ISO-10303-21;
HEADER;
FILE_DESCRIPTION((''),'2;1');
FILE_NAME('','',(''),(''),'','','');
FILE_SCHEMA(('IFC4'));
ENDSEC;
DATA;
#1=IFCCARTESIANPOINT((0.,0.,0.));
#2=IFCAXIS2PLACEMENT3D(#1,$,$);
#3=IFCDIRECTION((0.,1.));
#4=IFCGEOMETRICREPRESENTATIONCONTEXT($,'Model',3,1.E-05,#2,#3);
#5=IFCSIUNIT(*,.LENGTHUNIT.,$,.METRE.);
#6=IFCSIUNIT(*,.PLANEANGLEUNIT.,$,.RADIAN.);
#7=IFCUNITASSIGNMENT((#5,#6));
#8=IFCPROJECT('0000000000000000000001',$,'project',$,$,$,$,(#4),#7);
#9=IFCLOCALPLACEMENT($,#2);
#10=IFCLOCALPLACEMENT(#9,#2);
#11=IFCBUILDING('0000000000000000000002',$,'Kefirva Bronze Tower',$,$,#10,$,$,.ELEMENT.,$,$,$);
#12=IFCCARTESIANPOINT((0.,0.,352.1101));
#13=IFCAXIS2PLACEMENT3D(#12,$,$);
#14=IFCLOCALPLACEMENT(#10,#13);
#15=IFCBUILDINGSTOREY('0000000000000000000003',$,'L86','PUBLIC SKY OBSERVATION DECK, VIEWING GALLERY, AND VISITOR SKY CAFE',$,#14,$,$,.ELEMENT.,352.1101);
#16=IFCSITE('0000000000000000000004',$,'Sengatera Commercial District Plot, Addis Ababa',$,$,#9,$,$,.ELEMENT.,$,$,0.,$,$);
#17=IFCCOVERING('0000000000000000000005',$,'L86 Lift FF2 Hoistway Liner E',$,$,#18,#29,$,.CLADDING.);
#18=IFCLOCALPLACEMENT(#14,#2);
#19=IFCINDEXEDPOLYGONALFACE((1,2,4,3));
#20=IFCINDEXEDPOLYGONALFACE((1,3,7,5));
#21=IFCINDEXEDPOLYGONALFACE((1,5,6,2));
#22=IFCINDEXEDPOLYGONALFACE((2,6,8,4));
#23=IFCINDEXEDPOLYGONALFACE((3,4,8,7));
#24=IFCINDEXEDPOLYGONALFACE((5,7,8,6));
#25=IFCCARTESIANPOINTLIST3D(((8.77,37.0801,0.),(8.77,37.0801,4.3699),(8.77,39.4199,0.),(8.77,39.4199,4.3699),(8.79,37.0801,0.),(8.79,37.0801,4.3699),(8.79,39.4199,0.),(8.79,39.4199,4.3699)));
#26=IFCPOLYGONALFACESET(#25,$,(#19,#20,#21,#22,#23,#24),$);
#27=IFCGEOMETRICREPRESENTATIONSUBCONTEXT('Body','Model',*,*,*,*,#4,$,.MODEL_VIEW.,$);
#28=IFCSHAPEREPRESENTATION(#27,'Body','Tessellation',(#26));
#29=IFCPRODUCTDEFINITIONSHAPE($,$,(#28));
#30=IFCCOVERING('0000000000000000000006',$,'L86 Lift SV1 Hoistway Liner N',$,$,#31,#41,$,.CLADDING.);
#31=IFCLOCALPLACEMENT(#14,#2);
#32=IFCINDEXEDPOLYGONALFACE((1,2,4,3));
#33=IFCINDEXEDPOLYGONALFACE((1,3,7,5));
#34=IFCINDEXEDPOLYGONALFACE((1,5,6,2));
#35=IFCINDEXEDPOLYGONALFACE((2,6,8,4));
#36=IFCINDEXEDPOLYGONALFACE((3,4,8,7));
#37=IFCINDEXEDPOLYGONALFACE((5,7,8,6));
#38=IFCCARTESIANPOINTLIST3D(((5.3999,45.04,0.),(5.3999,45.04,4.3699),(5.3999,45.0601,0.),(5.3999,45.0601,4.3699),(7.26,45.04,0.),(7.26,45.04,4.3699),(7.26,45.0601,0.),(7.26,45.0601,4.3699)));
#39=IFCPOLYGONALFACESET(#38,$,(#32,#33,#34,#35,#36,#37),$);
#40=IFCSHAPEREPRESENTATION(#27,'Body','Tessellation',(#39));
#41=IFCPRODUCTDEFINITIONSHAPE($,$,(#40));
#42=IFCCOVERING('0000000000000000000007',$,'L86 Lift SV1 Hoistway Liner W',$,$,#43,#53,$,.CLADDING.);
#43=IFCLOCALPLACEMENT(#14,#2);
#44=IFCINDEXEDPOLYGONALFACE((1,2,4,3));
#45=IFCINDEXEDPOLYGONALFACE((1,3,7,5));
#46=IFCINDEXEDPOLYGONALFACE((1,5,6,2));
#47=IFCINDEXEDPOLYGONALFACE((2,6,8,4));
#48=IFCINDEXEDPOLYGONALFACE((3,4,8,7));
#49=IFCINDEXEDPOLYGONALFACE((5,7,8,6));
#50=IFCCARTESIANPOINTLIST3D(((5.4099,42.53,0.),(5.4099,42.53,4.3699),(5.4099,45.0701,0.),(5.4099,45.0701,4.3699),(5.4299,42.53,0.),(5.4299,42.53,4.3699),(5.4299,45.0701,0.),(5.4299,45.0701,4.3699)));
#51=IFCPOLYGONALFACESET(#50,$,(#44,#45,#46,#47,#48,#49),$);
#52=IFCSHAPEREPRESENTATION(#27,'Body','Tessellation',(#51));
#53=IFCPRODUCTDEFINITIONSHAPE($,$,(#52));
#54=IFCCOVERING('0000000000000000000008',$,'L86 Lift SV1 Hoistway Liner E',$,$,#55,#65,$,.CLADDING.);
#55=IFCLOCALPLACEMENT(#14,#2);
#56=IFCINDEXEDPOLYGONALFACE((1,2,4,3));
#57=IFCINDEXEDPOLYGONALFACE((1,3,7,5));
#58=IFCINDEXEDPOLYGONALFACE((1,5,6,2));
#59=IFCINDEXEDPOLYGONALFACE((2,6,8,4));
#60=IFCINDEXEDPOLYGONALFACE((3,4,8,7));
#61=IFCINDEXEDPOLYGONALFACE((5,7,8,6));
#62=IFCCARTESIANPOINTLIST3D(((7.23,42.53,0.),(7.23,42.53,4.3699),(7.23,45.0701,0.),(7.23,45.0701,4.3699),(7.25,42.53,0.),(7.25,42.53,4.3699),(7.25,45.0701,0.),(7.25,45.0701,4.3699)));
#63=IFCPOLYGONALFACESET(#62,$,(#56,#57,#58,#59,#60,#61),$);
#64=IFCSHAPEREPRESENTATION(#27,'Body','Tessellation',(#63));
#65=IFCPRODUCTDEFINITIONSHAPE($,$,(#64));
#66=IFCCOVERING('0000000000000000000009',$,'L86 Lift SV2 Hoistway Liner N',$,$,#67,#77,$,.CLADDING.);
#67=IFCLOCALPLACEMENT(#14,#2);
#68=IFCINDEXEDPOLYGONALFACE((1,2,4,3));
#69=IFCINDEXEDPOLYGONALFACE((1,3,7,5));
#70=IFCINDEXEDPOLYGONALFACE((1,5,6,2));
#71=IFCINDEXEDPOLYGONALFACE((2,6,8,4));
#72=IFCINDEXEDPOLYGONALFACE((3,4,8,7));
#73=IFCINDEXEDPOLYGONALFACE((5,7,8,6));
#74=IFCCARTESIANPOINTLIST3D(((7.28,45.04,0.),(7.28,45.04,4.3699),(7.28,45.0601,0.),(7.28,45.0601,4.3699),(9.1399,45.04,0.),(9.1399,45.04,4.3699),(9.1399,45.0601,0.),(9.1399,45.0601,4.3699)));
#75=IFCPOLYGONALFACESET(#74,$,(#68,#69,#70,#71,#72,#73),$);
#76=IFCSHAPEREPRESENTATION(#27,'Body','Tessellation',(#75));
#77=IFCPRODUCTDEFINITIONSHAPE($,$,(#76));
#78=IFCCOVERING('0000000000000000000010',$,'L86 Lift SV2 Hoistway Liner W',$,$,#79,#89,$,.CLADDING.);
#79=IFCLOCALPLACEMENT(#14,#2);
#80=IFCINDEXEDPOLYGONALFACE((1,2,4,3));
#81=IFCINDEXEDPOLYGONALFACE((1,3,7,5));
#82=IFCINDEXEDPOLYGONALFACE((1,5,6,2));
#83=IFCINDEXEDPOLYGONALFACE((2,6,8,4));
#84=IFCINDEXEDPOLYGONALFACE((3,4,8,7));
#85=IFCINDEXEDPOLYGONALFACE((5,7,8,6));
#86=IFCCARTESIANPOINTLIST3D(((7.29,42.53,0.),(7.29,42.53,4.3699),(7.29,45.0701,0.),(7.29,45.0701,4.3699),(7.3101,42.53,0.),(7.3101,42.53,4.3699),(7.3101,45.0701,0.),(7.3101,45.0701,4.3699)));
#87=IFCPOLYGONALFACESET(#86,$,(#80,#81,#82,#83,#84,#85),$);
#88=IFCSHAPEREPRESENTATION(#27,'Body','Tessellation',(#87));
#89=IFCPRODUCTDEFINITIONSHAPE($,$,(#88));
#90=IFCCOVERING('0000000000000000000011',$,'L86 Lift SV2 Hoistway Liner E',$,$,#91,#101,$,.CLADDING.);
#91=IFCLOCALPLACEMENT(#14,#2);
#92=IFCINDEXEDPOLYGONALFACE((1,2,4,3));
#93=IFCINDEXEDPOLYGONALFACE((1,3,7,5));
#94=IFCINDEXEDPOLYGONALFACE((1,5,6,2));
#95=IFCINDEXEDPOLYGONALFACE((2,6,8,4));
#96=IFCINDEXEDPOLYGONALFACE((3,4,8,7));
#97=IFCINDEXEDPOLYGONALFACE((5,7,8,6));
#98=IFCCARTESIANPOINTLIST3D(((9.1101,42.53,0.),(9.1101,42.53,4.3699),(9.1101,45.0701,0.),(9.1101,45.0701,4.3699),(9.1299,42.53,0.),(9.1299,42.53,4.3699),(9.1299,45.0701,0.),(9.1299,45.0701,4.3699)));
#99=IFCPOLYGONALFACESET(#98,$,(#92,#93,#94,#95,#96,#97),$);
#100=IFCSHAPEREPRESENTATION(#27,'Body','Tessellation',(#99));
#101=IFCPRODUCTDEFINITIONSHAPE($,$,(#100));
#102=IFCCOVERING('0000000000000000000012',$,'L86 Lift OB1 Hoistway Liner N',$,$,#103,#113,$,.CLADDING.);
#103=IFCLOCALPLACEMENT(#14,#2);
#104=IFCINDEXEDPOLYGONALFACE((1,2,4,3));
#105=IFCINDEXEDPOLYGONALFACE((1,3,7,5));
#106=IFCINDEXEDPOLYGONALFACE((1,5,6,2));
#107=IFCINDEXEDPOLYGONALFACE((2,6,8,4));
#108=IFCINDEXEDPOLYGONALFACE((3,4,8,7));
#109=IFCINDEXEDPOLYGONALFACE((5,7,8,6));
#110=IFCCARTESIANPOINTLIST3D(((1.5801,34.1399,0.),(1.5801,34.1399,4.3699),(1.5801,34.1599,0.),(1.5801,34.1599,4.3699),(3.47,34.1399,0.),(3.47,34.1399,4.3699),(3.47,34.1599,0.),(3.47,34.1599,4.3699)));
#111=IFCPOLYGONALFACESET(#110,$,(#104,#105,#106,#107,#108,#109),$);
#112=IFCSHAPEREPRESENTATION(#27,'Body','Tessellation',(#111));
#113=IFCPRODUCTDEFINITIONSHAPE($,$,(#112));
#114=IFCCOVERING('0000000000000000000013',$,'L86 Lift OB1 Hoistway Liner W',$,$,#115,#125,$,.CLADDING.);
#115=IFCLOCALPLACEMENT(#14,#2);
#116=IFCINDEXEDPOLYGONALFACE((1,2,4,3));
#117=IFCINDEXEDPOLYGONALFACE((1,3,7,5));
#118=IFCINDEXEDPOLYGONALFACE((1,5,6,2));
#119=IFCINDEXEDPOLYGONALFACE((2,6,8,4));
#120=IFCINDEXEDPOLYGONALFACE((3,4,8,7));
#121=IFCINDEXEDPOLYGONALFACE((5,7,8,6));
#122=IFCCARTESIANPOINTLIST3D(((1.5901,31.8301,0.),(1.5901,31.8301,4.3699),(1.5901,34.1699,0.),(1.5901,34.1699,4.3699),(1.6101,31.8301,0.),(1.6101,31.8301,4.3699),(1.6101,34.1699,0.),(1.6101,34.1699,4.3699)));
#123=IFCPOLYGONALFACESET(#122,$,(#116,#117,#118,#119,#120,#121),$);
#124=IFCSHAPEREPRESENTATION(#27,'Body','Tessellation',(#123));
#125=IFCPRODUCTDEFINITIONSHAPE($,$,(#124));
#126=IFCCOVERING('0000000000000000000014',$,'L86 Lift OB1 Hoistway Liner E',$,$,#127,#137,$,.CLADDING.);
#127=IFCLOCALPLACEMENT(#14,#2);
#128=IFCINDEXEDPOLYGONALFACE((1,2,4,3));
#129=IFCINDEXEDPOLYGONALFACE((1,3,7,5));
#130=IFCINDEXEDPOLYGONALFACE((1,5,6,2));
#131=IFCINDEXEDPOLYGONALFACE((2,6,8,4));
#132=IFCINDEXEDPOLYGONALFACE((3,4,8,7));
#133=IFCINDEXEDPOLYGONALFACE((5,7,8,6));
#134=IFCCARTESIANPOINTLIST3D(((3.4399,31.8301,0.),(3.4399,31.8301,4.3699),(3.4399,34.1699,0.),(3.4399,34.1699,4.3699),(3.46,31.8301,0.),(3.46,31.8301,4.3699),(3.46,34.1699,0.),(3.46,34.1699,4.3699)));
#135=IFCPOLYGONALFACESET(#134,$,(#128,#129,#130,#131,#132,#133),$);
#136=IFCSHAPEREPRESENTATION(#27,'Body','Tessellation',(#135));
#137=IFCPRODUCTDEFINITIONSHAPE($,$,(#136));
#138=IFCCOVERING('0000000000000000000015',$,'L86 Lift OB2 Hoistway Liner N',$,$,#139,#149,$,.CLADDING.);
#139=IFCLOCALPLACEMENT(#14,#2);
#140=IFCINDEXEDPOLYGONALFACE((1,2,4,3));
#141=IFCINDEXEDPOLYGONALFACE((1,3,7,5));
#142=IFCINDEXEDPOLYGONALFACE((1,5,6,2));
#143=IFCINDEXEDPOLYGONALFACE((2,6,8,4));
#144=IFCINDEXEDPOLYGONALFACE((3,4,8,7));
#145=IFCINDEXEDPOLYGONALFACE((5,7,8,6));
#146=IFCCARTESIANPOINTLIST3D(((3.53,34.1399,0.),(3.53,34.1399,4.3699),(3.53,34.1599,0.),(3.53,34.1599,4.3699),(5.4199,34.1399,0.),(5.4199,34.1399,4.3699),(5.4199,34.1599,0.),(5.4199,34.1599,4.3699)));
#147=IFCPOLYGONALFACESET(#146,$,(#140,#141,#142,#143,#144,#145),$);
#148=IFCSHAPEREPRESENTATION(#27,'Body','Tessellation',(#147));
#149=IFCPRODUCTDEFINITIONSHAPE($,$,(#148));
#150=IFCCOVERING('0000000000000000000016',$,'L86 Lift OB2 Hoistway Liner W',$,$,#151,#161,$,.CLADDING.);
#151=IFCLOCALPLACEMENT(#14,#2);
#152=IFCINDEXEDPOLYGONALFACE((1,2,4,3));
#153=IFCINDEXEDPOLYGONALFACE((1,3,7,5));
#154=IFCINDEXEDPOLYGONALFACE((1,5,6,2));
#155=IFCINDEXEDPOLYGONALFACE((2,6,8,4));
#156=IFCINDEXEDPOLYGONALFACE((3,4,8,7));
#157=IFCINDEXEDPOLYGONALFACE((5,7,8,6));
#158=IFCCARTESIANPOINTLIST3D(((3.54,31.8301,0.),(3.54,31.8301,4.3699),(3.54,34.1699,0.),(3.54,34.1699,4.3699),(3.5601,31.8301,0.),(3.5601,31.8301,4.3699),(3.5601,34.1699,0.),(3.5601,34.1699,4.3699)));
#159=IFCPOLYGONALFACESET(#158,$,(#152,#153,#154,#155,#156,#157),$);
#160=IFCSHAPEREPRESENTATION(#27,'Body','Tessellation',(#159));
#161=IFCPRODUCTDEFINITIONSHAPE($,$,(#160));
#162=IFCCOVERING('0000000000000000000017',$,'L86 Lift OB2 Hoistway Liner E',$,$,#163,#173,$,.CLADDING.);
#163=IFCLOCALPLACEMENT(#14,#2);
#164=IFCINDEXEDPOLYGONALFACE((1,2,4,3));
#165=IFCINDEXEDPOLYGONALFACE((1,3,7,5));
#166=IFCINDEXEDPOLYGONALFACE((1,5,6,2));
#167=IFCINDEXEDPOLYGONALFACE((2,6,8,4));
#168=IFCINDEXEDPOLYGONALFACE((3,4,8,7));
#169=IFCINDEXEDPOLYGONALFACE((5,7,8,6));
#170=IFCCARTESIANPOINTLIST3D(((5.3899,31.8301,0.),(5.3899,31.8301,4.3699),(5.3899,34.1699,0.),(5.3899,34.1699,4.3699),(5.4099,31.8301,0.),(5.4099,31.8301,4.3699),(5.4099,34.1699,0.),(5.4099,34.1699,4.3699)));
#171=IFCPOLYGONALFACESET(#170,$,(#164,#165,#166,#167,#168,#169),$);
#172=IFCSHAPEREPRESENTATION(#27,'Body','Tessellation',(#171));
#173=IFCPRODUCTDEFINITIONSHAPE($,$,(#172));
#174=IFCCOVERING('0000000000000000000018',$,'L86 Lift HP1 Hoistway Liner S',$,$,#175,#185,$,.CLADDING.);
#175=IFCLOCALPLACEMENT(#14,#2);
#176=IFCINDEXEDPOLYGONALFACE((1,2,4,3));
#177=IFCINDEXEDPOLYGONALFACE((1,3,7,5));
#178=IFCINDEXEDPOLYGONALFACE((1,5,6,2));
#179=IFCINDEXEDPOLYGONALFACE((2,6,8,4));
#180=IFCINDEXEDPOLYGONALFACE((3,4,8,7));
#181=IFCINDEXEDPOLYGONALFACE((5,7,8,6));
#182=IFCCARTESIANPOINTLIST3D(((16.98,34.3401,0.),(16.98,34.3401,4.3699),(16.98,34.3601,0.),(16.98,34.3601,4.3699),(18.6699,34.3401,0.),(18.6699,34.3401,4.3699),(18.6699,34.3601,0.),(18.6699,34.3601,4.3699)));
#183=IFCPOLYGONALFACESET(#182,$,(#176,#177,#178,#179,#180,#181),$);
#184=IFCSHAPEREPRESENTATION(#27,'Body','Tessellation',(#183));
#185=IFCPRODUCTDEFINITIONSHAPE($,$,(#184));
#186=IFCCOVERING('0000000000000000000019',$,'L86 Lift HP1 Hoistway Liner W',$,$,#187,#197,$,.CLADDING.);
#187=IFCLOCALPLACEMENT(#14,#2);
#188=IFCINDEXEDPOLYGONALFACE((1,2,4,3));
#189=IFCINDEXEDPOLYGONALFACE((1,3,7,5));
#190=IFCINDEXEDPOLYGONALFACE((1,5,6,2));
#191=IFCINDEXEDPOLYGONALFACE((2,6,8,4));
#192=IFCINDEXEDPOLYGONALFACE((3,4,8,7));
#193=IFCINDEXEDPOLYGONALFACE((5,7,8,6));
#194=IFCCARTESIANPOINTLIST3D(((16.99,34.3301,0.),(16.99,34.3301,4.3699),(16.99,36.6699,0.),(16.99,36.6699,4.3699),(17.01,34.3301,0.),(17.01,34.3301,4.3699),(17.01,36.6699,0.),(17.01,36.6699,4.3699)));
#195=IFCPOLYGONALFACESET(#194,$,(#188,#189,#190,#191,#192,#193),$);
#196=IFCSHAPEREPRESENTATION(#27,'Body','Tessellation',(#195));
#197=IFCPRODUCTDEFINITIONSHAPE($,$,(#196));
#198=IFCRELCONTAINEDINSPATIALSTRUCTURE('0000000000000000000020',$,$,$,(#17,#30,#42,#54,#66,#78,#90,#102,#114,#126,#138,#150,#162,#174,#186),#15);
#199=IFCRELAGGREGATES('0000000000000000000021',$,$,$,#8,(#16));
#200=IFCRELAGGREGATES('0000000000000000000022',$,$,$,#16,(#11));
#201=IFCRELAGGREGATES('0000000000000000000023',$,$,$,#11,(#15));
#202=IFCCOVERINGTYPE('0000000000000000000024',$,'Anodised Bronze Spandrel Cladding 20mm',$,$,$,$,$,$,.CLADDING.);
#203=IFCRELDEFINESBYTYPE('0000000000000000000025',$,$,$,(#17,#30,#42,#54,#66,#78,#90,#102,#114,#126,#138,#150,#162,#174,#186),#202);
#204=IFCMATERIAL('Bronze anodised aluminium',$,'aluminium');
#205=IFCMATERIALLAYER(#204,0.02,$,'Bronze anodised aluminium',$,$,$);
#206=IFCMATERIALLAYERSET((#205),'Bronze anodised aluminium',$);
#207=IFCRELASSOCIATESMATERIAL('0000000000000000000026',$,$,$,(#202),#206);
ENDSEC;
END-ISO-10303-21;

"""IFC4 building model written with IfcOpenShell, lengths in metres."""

from ifc_helpers import new_model, si_unit, direction, frame, origin, place, context, subcontext, project, spatial, polyline, outline, extrude, material, layer, layer_set, type_object, element, save


model = new_model("IFC4")

# Units and contexts
model_context = context("Model", 3, precision=1e-05, world=origin(), true_north=direction((0.0, 1.0)))
body_context = subcontext(model_context, "Body", "Model", "MODEL_VIEW")
ifc_project = project(units=[si_unit("LENGTHUNIT", "METRE"), si_unit("PLANEANGLEUNIT", "RADIAN")], contexts=[model_context])

# Site, building, storey
site_placement = place(None, origin())
site = spatial("IfcSite", under=ifc_project, at=site_placement, Name="Sengatera Commercial District Plot, Addis Ababa", CompositionType="ELEMENT", RefElevation=0.0)
building_placement = place(site_placement, origin())
building = spatial("IfcBuilding", under=site, at=building_placement, Name="Kefirva Bronze Tower", CompositionType="ELEMENT")
storey_placement = place(building_placement, frame((0.0, 0.0, 352.1101)))
storey = spatial("IfcBuildingStorey", under=building, at=storey_placement, Name="L86", Description="PUBLIC SKY OBSERVATION DECK, VIEWING GALLERY, AND VISITOR SKY CAFE", CompositionType="ELEMENT", Elevation=352.1101)

# Coverings
ifc_material_1 = material(Name="Bronze anodised aluminium", Category="aluminium")
ifc_layer_1 = layer(ifc_material_1, 0.02, Name="Bronze anodised aluminium")
ifc_layer_set_1 = layer_set([ifc_layer_1], Name="Bronze anodised aluminium")
covering_type_1 = type_object("IfcCoveringType", Name="Anodised Bronze Spandrel Cladding 20mm", PredefinedType="CLADDING", material=ifc_layer_set_1)
covering_1_placement = place(storey_placement, origin())
element("IfcCovering", 1, at=covering_1_placement, inside=storey, type_object=covering_type_1, Name="L86 Lift FF2 Hoistway Liner E", PredefinedType="CLADDING", context=body_context, shape_type="SweptSolid", body=[
    extrude(outline(polyline([(8.77, 37.0801), (8.79, 37.0801), (8.79, 39.4199), (8.77, 39.4199), (8.77, 37.0801)])), origin(), (0.0, 0.0, 1.0), 4.3699),
])
covering_2_placement = place(storey_placement, origin())
element("IfcCovering", 2, at=covering_2_placement, inside=storey, type_object=covering_type_1, Name="L86 Lift SV1 Hoistway Liner N", PredefinedType="CLADDING", context=body_context, shape_type="SweptSolid", body=[
    extrude(outline(polyline([(5.3999, 45.04), (7.26, 45.04), (7.26, 45.0601), (5.3999, 45.0601), (5.3999, 45.04)])), origin(), (0.0, 0.0, 1.0), 4.3699),
])
covering_3_placement = place(storey_placement, origin())
element("IfcCovering", 3, at=covering_3_placement, inside=storey, type_object=covering_type_1, Name="L86 Lift SV1 Hoistway Liner W", PredefinedType="CLADDING", context=body_context, shape_type="SweptSolid", body=[
    extrude(outline(polyline([(5.4099, 42.53), (5.4299, 42.53), (5.4299, 45.0701), (5.4099, 45.0701), (5.4099, 42.53)])), origin(), (0.0, 0.0, 1.0), 4.3699),
])
covering_4_placement = place(storey_placement, origin())
element("IfcCovering", 4, at=covering_4_placement, inside=storey, type_object=covering_type_1, Name="L86 Lift SV1 Hoistway Liner E", PredefinedType="CLADDING", context=body_context, shape_type="SweptSolid", body=[
    extrude(outline(polyline([(7.23, 42.53), (7.25, 42.53), (7.25, 45.0701), (7.23, 45.0701), (7.23, 42.53)])), origin(), (0.0, 0.0, 1.0), 4.3699),
])
covering_5_placement = place(storey_placement, origin())
element("IfcCovering", 5, at=covering_5_placement, inside=storey, type_object=covering_type_1, Name="L86 Lift SV2 Hoistway Liner N", PredefinedType="CLADDING", context=body_context, shape_type="SweptSolid", body=[
    extrude(outline(polyline([(7.28, 45.04), (9.1399, 45.04), (9.1399, 45.0601), (7.28, 45.0601), (7.28, 45.04)])), origin(), (0.0, 0.0, 1.0), 4.3699),
])
covering_6_placement = place(storey_placement, origin())
element("IfcCovering", 6, at=covering_6_placement, inside=storey, type_object=covering_type_1, Name="L86 Lift SV2 Hoistway Liner W", PredefinedType="CLADDING", context=body_context, shape_type="SweptSolid", body=[
    extrude(outline(polyline([(7.29, 42.53), (7.3101, 42.53), (7.3101, 45.0701), (7.29, 45.0701), (7.29, 42.53)])), origin(), (0.0, 0.0, 1.0), 4.3699),
])
covering_7_placement = place(storey_placement, origin())
element("IfcCovering", 7, at=covering_7_placement, inside=storey, type_object=covering_type_1, Name="L86 Lift SV2 Hoistway Liner E", PredefinedType="CLADDING", context=body_context, shape_type="SweptSolid", body=[
    extrude(outline(polyline([(9.1101, 42.53), (9.1299, 42.53), (9.1299, 45.0701), (9.1101, 45.0701), (9.1101, 42.53)])), origin(), (0.0, 0.0, 1.0), 4.3699),
])
covering_8_placement = place(storey_placement, origin())
element("IfcCovering", 8, at=covering_8_placement, inside=storey, type_object=covering_type_1, Name="L86 Lift OB1 Hoistway Liner N", PredefinedType="CLADDING", context=body_context, shape_type="SweptSolid", body=[
    extrude(outline(polyline([(1.5801, 34.1399), (3.47, 34.1399), (3.47, 34.1599), (1.5801, 34.1599), (1.5801, 34.1399)])), origin(), (0.0, 0.0, 1.0), 4.3699),
])
covering_9_placement = place(storey_placement, origin())
element("IfcCovering", 9, at=covering_9_placement, inside=storey, type_object=covering_type_1, Name="L86 Lift OB1 Hoistway Liner W", PredefinedType="CLADDING", context=body_context, shape_type="SweptSolid", body=[
    extrude(outline(polyline([(1.5901, 31.8301), (1.6101, 31.8301), (1.6101, 34.1699), (1.5901, 34.1699), (1.5901, 31.8301)])), origin(), (0.0, 0.0, 1.0), 4.3699),
])
covering_10_placement = place(storey_placement, origin())
element("IfcCovering", 10, at=covering_10_placement, inside=storey, type_object=covering_type_1, Name="L86 Lift OB1 Hoistway Liner E", PredefinedType="CLADDING", context=body_context, shape_type="SweptSolid", body=[
    extrude(outline(polyline([(3.4399, 31.8301), (3.46, 31.8301), (3.46, 34.1699), (3.4399, 34.1699), (3.4399, 31.8301)])), origin(), (0.0, 0.0, 1.0), 4.3699),
])
covering_11_placement = place(storey_placement, origin())
element("IfcCovering", 11, at=covering_11_placement, inside=storey, type_object=covering_type_1, Name="L86 Lift OB2 Hoistway Liner N", PredefinedType="CLADDING", context=body_context, shape_type="SweptSolid", body=[
    extrude(outline(polyline([(3.53, 34.1399), (5.4199, 34.1399), (5.4199, 34.1599), (3.53, 34.1599), (3.53, 34.1399)])), origin(), (0.0, 0.0, 1.0), 4.3699),
])
covering_12_placement = place(storey_placement, origin())
element("IfcCovering", 12, at=covering_12_placement, inside=storey, type_object=covering_type_1, Name="L86 Lift OB2 Hoistway Liner W", PredefinedType="CLADDING", context=body_context, shape_type="SweptSolid", body=[
    extrude(outline(polyline([(3.54, 31.8301), (3.5601, 31.8301), (3.5601, 34.1699), (3.54, 34.1699), (3.54, 31.8301)])), origin(), (0.0, 0.0, 1.0), 4.3699),
])
covering_13_placement = place(storey_placement, origin())
element("IfcCovering", 13, at=covering_13_placement, inside=storey, type_object=covering_type_1, Name="L86 Lift OB2 Hoistway Liner E", PredefinedType="CLADDING", context=body_context, shape_type="SweptSolid", body=[
    extrude(outline(polyline([(5.3899, 31.8301), (5.4099, 31.8301), (5.4099, 34.1699), (5.3899, 34.1699), (5.3899, 31.8301)])), origin(), (0.0, 0.0, 1.0), 4.3699),
])
covering_14_placement = place(storey_placement, origin())
element("IfcCovering", 14, at=covering_14_placement, inside=storey, type_object=covering_type_1, Name="L86 Lift HP1 Hoistway Liner S", PredefinedType="CLADDING", context=body_context, shape_type="SweptSolid", body=[
    extrude(outline(polyline([(16.98, 34.3401), (18.6699, 34.3401), (18.6699, 34.3601), (16.98, 34.3601), (16.98, 34.3401)])), origin(), (0.0, 0.0, 1.0), 4.3699),
])
covering_15_placement = place(storey_placement, origin())
element("IfcCovering", 15, at=covering_15_placement, inside=storey, type_object=covering_type_1, Name="L86 Lift HP1 Hoistway Liner W", PredefinedType="CLADDING", context=body_context, shape_type="SweptSolid", body=[
    extrude(outline(polyline([(16.99, 34.3301), (17.01, 34.3301), (17.01, 36.6699), (16.99, 36.6699), (16.99, 34.3301)])), origin(), (0.0, 0.0, 1.0), 4.3699),
])

save(model, "model.ifc")
